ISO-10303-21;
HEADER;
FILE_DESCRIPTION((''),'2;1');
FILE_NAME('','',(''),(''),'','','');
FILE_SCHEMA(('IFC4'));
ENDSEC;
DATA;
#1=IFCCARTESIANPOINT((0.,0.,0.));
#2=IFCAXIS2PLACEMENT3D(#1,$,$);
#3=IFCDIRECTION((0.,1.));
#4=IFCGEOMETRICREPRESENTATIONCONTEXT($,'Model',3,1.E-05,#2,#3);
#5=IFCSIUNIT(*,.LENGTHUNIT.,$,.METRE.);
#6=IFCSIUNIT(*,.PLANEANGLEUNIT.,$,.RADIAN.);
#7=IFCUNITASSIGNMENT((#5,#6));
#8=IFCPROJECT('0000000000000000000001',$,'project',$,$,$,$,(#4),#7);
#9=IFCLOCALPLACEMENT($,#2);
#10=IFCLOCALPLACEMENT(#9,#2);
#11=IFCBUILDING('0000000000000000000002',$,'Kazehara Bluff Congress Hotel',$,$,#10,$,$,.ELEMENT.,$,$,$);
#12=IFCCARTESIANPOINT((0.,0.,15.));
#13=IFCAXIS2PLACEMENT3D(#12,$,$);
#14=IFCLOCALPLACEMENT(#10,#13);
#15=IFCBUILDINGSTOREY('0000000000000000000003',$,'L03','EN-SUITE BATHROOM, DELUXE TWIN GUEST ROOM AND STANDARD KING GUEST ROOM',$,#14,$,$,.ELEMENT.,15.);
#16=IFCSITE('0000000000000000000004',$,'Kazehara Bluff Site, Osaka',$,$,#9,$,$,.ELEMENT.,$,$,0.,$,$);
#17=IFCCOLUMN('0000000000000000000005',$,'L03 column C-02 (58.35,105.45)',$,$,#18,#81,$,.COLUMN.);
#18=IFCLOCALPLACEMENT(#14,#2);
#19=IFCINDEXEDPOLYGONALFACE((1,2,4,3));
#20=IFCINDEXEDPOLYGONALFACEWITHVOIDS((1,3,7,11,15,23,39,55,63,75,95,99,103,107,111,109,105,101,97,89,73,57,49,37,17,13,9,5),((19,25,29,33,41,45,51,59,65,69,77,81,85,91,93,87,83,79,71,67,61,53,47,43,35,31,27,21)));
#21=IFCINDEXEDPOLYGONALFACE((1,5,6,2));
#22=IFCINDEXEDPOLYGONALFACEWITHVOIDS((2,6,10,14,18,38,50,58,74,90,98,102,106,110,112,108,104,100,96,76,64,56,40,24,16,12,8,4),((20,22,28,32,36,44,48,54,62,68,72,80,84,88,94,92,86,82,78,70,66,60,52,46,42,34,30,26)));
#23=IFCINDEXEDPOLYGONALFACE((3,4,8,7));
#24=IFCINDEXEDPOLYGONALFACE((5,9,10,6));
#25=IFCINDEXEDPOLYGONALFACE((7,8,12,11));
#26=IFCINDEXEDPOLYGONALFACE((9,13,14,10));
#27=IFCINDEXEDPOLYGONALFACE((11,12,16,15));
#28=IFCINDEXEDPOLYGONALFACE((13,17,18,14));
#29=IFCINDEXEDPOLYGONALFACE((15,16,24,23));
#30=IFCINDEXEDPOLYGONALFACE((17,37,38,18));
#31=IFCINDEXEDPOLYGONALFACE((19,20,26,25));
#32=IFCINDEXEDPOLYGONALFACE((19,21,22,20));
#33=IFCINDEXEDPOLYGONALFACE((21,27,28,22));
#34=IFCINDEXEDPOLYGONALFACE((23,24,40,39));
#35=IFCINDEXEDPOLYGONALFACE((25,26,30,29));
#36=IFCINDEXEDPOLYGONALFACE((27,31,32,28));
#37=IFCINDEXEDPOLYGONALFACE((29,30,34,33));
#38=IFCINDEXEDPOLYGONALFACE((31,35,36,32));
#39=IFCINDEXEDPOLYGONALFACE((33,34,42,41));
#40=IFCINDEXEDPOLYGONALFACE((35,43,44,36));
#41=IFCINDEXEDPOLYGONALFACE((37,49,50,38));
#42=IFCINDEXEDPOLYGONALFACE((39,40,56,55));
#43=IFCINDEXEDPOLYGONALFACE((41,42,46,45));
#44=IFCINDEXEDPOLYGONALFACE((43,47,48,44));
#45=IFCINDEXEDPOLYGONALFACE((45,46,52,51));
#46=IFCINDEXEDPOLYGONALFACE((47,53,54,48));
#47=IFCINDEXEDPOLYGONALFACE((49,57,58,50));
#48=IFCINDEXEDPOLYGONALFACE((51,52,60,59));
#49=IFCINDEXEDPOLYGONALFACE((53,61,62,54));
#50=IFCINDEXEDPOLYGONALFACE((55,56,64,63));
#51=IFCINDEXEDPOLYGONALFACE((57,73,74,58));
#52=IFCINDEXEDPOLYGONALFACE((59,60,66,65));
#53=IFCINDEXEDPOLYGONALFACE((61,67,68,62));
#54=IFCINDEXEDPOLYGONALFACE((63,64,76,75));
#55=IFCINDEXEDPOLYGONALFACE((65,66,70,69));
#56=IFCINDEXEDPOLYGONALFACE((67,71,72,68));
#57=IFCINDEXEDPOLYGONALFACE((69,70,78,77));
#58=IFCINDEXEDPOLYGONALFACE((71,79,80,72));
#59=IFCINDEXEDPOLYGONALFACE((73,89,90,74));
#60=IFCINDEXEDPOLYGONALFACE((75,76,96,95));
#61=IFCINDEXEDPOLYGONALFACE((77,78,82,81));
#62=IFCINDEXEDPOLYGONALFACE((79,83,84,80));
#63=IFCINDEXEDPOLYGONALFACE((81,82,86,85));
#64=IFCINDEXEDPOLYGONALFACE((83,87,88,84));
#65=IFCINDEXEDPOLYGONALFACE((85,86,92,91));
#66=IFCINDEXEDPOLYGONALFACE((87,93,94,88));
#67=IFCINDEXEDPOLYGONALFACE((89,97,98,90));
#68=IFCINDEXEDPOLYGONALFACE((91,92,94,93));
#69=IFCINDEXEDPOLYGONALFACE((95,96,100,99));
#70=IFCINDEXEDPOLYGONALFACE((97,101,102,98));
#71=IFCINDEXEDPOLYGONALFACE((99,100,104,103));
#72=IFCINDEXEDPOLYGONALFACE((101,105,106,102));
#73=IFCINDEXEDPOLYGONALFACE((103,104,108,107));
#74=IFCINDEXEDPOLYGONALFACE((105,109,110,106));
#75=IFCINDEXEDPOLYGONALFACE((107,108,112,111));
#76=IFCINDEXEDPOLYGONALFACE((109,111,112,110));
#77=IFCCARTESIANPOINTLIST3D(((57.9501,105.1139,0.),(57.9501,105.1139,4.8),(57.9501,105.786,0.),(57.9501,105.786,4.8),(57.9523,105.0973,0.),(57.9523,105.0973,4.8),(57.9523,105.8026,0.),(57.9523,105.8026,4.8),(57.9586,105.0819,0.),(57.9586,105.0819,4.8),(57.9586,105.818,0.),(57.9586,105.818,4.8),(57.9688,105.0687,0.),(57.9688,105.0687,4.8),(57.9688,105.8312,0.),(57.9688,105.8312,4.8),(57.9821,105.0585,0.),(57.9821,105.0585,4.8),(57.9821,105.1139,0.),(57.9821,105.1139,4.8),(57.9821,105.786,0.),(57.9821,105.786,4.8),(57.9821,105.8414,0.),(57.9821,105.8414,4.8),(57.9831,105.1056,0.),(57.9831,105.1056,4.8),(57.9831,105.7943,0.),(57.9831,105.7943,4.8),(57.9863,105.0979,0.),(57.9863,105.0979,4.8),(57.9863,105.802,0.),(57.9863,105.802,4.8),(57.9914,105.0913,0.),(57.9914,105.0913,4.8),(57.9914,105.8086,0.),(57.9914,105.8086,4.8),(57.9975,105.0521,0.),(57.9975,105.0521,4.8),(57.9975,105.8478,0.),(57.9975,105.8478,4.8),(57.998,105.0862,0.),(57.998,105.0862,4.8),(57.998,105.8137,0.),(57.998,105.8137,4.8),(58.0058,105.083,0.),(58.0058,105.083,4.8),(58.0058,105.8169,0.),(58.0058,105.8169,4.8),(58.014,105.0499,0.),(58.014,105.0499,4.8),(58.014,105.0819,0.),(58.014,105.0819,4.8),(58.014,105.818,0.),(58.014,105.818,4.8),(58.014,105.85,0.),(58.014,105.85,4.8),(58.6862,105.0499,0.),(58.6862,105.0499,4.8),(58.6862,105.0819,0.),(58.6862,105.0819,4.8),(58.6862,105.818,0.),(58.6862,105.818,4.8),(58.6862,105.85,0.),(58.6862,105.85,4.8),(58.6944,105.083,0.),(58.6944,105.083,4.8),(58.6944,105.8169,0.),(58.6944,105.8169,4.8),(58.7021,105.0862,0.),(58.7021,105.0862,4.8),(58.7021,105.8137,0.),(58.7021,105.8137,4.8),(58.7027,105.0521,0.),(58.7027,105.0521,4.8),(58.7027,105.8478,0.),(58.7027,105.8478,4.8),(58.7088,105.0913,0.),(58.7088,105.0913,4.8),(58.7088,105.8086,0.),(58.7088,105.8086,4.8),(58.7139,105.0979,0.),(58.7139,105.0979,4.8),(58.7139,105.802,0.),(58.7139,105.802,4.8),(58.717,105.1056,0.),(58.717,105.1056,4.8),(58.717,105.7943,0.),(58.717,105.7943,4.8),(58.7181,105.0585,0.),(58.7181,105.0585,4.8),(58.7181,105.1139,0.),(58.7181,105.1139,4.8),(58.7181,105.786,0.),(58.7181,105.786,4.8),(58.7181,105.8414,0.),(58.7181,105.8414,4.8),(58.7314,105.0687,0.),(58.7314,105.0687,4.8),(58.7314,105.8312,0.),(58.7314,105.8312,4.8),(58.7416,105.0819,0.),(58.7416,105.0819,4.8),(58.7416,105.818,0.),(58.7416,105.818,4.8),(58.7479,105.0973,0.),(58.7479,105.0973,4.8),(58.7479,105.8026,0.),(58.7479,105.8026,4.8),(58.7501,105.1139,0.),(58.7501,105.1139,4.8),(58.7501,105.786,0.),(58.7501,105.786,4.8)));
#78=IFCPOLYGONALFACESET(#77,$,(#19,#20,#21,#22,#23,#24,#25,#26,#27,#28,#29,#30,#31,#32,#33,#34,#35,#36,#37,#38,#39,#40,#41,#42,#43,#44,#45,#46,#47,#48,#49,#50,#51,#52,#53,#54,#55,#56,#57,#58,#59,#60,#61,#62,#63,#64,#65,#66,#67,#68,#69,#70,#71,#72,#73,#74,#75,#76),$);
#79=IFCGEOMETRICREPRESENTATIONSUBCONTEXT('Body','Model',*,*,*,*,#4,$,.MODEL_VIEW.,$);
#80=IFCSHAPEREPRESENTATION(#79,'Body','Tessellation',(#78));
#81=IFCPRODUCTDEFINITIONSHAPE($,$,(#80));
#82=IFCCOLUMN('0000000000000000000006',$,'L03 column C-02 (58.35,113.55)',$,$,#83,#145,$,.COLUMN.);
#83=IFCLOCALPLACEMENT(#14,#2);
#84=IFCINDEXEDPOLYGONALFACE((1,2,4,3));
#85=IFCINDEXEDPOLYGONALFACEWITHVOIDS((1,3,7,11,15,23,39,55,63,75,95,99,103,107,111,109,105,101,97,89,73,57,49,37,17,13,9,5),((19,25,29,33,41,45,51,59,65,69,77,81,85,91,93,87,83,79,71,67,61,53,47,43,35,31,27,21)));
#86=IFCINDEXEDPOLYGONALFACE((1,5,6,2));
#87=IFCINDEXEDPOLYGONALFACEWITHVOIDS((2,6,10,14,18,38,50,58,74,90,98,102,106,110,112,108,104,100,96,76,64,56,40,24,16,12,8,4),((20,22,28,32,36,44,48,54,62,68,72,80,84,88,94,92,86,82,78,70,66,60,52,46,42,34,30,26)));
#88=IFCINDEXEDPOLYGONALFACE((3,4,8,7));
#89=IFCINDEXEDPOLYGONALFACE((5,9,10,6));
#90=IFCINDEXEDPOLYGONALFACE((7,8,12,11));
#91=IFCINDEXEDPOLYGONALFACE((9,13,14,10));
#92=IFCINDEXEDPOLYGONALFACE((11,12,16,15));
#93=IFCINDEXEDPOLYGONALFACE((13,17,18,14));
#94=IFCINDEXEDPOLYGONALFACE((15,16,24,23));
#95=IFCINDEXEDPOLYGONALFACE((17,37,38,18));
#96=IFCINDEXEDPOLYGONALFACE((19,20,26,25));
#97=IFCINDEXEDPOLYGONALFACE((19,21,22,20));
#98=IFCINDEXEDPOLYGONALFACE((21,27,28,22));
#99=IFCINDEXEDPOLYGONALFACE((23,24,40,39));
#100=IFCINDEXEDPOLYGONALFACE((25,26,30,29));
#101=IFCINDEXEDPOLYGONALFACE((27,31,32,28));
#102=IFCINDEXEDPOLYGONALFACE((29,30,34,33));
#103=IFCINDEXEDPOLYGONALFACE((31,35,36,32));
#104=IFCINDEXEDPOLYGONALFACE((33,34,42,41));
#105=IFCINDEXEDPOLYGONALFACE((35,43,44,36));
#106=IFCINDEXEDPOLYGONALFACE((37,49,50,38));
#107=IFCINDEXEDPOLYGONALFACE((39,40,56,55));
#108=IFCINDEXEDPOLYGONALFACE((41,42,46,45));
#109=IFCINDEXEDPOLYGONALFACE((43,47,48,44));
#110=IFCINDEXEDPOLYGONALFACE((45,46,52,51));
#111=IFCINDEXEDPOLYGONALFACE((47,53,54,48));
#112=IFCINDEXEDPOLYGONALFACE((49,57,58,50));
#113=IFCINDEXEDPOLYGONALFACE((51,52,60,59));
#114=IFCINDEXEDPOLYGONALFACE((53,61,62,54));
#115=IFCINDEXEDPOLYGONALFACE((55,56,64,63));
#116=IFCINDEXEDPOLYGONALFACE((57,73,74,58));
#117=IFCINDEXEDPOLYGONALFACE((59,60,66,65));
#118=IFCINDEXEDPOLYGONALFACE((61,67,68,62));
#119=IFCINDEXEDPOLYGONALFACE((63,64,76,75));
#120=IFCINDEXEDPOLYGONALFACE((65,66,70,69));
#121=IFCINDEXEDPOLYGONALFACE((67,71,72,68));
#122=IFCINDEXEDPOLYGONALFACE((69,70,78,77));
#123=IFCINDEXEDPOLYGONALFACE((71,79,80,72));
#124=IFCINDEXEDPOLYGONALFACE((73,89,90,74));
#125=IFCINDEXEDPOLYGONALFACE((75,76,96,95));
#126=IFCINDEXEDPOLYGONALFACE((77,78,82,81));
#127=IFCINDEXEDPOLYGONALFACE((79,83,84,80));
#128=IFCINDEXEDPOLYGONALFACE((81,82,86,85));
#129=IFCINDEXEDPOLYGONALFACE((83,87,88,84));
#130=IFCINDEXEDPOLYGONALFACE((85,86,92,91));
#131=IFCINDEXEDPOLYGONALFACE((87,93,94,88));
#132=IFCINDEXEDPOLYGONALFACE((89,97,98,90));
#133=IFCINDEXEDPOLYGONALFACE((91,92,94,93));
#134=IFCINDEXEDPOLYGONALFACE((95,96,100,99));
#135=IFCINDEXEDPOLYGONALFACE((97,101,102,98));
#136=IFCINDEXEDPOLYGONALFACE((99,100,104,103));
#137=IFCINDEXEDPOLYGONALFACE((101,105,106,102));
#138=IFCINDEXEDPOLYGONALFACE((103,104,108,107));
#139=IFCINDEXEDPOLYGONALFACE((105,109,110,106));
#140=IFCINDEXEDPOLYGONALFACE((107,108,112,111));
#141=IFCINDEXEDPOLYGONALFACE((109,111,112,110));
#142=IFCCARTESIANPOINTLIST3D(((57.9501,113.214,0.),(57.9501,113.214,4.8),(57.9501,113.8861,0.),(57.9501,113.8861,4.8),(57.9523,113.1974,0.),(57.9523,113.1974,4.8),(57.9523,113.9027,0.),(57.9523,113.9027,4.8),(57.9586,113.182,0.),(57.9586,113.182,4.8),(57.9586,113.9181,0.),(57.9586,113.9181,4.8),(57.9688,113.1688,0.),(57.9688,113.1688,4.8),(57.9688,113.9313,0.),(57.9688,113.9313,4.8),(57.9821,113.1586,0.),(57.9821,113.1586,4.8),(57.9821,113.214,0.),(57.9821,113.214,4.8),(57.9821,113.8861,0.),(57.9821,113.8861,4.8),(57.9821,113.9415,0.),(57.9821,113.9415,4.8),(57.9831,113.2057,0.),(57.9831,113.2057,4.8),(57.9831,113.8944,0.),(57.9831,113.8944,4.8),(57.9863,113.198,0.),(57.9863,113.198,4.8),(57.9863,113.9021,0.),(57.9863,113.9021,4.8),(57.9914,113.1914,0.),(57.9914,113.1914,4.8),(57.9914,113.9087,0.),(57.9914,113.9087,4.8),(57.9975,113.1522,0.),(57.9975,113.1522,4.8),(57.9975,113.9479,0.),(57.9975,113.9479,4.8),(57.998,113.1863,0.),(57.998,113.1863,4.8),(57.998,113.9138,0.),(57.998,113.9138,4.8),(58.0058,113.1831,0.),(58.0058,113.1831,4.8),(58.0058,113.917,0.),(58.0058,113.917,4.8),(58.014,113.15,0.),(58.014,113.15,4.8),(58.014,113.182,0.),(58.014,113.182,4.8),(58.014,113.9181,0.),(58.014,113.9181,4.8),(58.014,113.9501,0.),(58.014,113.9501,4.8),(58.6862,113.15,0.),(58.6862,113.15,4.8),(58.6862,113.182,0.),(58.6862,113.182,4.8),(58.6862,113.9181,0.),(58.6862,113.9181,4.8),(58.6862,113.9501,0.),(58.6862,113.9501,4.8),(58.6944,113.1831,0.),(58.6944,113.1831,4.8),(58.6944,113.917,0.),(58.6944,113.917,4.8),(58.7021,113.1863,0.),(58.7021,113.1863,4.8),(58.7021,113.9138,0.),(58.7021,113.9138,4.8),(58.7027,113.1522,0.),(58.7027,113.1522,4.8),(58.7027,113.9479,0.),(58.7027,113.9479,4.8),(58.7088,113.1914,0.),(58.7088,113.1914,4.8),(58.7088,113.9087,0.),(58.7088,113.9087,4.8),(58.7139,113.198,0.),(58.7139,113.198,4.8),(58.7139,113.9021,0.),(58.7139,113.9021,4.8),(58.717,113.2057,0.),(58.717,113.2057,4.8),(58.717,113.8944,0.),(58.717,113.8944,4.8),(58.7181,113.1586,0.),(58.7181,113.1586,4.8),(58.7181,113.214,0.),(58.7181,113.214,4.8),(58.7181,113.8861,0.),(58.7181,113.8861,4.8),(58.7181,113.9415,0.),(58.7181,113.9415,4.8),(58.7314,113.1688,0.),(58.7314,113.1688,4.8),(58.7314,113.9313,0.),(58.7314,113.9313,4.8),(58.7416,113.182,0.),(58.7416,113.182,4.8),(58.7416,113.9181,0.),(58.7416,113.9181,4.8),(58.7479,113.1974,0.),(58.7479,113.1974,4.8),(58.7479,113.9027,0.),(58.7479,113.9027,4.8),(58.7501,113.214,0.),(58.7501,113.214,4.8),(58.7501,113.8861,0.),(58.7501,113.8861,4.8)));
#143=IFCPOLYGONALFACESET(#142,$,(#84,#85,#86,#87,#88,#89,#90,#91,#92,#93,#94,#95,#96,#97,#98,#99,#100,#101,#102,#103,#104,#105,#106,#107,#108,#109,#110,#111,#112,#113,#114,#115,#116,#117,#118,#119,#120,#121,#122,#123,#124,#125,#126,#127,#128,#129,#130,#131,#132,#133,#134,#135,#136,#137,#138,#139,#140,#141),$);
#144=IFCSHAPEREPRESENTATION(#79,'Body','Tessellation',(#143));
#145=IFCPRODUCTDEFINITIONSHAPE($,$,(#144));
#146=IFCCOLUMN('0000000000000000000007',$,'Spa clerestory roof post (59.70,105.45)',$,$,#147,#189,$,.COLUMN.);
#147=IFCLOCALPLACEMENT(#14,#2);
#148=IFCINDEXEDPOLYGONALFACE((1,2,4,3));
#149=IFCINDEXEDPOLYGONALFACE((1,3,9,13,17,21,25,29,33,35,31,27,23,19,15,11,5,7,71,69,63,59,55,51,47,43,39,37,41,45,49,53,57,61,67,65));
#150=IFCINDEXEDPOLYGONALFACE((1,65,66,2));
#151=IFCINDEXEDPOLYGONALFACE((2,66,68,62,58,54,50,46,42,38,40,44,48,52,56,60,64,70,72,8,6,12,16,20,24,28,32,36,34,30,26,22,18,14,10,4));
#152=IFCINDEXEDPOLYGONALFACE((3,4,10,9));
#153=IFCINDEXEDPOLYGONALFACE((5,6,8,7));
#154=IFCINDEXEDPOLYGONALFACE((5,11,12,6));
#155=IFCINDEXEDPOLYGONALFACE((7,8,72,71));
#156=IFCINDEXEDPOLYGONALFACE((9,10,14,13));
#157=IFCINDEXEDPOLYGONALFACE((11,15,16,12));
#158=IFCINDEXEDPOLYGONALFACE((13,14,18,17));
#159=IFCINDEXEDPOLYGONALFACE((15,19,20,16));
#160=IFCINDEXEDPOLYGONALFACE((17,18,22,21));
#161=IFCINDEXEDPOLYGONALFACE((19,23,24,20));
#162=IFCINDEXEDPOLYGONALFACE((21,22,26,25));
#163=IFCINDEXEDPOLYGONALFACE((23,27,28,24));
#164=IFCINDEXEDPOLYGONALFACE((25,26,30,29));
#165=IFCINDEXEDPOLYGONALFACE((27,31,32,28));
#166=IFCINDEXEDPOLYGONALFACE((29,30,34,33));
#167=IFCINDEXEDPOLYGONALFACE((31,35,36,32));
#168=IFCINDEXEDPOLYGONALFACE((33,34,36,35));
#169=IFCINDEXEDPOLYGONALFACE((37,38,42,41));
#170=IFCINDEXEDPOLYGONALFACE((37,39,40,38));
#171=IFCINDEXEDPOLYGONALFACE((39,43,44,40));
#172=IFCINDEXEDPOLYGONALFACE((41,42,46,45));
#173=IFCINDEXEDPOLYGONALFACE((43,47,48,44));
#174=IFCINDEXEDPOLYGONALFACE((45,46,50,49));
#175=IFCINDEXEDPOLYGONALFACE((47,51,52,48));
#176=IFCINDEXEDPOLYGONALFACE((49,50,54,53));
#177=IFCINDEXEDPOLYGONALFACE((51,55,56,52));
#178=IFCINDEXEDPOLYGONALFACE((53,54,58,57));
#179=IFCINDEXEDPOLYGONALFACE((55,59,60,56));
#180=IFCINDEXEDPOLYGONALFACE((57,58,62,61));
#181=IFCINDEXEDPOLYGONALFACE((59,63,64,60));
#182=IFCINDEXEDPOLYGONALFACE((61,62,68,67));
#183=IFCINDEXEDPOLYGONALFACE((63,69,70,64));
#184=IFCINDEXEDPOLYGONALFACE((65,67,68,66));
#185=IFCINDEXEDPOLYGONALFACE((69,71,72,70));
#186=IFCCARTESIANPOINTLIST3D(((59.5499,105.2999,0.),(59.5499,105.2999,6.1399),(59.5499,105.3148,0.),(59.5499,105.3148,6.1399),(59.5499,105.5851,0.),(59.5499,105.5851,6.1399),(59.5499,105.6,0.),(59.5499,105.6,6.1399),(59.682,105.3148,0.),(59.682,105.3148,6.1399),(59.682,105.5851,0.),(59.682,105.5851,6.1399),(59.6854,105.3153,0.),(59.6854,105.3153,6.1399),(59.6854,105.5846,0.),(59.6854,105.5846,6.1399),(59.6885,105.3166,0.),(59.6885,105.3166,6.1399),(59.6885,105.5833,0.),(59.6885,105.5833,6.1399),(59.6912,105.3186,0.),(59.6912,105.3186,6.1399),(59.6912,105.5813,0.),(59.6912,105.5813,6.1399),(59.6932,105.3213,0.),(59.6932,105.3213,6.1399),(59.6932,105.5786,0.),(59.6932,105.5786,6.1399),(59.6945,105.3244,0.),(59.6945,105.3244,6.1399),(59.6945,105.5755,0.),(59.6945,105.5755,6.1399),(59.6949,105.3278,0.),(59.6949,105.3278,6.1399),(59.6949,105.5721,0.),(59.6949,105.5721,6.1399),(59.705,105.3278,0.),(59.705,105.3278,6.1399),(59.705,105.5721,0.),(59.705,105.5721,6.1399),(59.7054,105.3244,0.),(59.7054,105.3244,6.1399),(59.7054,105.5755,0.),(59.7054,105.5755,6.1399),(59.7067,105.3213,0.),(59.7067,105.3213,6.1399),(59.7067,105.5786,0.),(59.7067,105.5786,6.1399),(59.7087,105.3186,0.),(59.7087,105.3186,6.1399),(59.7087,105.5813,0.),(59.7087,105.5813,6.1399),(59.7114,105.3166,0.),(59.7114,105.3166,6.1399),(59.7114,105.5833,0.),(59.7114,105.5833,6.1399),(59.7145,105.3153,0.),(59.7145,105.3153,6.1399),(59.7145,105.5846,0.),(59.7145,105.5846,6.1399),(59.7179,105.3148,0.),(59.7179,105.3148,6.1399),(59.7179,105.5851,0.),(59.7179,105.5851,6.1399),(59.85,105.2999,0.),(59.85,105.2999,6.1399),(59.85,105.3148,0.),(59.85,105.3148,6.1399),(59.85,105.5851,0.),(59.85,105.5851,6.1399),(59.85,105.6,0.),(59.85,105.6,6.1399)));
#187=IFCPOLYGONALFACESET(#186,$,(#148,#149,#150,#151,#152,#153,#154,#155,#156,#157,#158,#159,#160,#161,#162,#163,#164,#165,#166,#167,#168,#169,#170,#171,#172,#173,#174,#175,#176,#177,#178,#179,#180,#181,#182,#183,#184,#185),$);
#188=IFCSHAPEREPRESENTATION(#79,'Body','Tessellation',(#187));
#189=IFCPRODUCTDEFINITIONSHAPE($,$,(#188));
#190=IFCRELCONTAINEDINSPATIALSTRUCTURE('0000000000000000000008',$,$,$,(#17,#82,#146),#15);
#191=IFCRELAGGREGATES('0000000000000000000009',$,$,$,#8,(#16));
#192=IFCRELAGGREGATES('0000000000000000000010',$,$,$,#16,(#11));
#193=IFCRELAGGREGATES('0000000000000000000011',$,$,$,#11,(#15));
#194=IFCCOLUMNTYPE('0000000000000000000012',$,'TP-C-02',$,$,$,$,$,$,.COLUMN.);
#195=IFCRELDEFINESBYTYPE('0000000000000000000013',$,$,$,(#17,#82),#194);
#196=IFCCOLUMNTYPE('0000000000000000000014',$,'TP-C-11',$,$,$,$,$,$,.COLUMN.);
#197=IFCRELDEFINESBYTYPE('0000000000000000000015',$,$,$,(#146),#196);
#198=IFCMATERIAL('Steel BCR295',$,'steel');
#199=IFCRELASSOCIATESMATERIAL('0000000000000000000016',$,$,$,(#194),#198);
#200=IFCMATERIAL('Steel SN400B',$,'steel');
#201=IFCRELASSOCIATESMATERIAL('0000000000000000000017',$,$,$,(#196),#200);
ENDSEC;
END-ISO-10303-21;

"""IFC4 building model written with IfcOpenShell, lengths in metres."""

from ifc_helpers import new_model, si_unit, direction, frame, origin, origin_2d, place, context, subcontext, project, spatial, hollow_rectangle, i_section, extrude, material, material_profile, profile_set, type_object, element, save


model = new_model("IFC4")

# Units and contexts
model_context = context("Model", 3, precision=1e-05, world=origin(), true_north=direction((0.0, 1.0)))
body_context = subcontext(model_context, "Body", "Model", "MODEL_VIEW")
ifc_project = project(units=[si_unit("LENGTHUNIT", "METRE"), si_unit("PLANEANGLEUNIT", "RADIAN")], contexts=[model_context])

# Site, building, storey
site_placement = place(None, origin())
site = spatial("IfcSite", under=ifc_project, at=site_placement, Name="Kazehara Bluff Site, Osaka", CompositionType="ELEMENT", RefElevation=0.0)
building_placement = place(site_placement, origin())
building = spatial("IfcBuilding", under=site, at=building_placement, Name="Kazehara Bluff Congress Hotel", CompositionType="ELEMENT")
storey_placement = place(building_placement, frame((0.0, 0.0, 15.0)))
storey = spatial("IfcBuildingStorey", under=building, at=storey_placement, Name="L03", Description="EN-SUITE BATHROOM, DELUXE TWIN GUEST ROOM AND STANDARD KING GUEST ROOM", CompositionType="ELEMENT", Elevation=15.0)

# Columns
ifc_material_1 = material(Name="Steel BCR295", Category="steel")
ifc_material_profile_1 = material_profile(ifc_material_1, hollow_rectangle(XDim=0.8, YDim=0.8, WallThickness=0.032, InnerFilletRadius=0.032, OuterFilletRadius=0.064, at=origin_2d()))
ifc_profile_set_1 = profile_set([ifc_material_profile_1], Name="Steel BCR295")
column_type_1 = type_object("IfcColumnType", Name="TP-C-02", PredefinedType="COLUMN", material=ifc_profile_set_1)
for number, where, z_axis, x_axis, name in (
    (1, (58.3501, 105.45, 0.0), (0.0, 0.0, 1.0), (1.0, 0.0, 0.0), "L03 column C-02 (58.35,105.45)"),
    (2, (58.3501, 113.55, 0.0), (0.0, 0.0, 1.0), (1.0, 0.0, 0.0), "L03 column C-02 (58.35,113.55)"),
):
    element("IfcColumn", number, at=place(storey_placement, frame(where, z_axis=z_axis, x_axis=x_axis)), inside=storey, type_object=column_type_1, Name=name, PredefinedType="COLUMN", context=body_context, shape_type="SweptSolid", body=[
        extrude(hollow_rectangle(XDim=0.8, YDim=0.8, WallThickness=0.032, InnerFilletRadius=0.032, OuterFilletRadius=0.064, at=origin_2d()), origin(), (0.0, 0.0, 1.0), 4.8),
    ])
ifc_material_2 = material(Name="Steel SN400B", Category="steel")
ifc_material_profile_2 = material_profile(ifc_material_2, i_section(OverallWidth=0.3, OverallDepth=0.3, WebThickness=0.01, FlangeThickness=0.0149, FilletRadius=0.0129, at=origin_2d()))
ifc_profile_set_2 = profile_set([ifc_material_profile_2], Name="Steel SN400B")
column_type_2 = type_object("IfcColumnType", Name="TP-C-11", PredefinedType="COLUMN", material=ifc_profile_set_2)
column_1_placement = place(storey_placement, frame((59.7, 105.45, 0.0), z_axis=(0.0, 0.0, 1.0), x_axis=(1.0, 0.0, 0.0)))
element("IfcColumn", 3, at=column_1_placement, inside=storey, type_object=column_type_2, Name="Spa clerestory roof post (59.70,105.45)", PredefinedType="COLUMN", context=body_context, shape_type="SweptSolid", body=[
    extrude(i_section(OverallWidth=0.3, OverallDepth=0.3, WebThickness=0.01, FlangeThickness=0.0149, FilletRadius=0.0129, at=origin_2d()), origin(), (0.0, 0.0, 1.0), 6.1399),
])

save(model, "model.ifc")
